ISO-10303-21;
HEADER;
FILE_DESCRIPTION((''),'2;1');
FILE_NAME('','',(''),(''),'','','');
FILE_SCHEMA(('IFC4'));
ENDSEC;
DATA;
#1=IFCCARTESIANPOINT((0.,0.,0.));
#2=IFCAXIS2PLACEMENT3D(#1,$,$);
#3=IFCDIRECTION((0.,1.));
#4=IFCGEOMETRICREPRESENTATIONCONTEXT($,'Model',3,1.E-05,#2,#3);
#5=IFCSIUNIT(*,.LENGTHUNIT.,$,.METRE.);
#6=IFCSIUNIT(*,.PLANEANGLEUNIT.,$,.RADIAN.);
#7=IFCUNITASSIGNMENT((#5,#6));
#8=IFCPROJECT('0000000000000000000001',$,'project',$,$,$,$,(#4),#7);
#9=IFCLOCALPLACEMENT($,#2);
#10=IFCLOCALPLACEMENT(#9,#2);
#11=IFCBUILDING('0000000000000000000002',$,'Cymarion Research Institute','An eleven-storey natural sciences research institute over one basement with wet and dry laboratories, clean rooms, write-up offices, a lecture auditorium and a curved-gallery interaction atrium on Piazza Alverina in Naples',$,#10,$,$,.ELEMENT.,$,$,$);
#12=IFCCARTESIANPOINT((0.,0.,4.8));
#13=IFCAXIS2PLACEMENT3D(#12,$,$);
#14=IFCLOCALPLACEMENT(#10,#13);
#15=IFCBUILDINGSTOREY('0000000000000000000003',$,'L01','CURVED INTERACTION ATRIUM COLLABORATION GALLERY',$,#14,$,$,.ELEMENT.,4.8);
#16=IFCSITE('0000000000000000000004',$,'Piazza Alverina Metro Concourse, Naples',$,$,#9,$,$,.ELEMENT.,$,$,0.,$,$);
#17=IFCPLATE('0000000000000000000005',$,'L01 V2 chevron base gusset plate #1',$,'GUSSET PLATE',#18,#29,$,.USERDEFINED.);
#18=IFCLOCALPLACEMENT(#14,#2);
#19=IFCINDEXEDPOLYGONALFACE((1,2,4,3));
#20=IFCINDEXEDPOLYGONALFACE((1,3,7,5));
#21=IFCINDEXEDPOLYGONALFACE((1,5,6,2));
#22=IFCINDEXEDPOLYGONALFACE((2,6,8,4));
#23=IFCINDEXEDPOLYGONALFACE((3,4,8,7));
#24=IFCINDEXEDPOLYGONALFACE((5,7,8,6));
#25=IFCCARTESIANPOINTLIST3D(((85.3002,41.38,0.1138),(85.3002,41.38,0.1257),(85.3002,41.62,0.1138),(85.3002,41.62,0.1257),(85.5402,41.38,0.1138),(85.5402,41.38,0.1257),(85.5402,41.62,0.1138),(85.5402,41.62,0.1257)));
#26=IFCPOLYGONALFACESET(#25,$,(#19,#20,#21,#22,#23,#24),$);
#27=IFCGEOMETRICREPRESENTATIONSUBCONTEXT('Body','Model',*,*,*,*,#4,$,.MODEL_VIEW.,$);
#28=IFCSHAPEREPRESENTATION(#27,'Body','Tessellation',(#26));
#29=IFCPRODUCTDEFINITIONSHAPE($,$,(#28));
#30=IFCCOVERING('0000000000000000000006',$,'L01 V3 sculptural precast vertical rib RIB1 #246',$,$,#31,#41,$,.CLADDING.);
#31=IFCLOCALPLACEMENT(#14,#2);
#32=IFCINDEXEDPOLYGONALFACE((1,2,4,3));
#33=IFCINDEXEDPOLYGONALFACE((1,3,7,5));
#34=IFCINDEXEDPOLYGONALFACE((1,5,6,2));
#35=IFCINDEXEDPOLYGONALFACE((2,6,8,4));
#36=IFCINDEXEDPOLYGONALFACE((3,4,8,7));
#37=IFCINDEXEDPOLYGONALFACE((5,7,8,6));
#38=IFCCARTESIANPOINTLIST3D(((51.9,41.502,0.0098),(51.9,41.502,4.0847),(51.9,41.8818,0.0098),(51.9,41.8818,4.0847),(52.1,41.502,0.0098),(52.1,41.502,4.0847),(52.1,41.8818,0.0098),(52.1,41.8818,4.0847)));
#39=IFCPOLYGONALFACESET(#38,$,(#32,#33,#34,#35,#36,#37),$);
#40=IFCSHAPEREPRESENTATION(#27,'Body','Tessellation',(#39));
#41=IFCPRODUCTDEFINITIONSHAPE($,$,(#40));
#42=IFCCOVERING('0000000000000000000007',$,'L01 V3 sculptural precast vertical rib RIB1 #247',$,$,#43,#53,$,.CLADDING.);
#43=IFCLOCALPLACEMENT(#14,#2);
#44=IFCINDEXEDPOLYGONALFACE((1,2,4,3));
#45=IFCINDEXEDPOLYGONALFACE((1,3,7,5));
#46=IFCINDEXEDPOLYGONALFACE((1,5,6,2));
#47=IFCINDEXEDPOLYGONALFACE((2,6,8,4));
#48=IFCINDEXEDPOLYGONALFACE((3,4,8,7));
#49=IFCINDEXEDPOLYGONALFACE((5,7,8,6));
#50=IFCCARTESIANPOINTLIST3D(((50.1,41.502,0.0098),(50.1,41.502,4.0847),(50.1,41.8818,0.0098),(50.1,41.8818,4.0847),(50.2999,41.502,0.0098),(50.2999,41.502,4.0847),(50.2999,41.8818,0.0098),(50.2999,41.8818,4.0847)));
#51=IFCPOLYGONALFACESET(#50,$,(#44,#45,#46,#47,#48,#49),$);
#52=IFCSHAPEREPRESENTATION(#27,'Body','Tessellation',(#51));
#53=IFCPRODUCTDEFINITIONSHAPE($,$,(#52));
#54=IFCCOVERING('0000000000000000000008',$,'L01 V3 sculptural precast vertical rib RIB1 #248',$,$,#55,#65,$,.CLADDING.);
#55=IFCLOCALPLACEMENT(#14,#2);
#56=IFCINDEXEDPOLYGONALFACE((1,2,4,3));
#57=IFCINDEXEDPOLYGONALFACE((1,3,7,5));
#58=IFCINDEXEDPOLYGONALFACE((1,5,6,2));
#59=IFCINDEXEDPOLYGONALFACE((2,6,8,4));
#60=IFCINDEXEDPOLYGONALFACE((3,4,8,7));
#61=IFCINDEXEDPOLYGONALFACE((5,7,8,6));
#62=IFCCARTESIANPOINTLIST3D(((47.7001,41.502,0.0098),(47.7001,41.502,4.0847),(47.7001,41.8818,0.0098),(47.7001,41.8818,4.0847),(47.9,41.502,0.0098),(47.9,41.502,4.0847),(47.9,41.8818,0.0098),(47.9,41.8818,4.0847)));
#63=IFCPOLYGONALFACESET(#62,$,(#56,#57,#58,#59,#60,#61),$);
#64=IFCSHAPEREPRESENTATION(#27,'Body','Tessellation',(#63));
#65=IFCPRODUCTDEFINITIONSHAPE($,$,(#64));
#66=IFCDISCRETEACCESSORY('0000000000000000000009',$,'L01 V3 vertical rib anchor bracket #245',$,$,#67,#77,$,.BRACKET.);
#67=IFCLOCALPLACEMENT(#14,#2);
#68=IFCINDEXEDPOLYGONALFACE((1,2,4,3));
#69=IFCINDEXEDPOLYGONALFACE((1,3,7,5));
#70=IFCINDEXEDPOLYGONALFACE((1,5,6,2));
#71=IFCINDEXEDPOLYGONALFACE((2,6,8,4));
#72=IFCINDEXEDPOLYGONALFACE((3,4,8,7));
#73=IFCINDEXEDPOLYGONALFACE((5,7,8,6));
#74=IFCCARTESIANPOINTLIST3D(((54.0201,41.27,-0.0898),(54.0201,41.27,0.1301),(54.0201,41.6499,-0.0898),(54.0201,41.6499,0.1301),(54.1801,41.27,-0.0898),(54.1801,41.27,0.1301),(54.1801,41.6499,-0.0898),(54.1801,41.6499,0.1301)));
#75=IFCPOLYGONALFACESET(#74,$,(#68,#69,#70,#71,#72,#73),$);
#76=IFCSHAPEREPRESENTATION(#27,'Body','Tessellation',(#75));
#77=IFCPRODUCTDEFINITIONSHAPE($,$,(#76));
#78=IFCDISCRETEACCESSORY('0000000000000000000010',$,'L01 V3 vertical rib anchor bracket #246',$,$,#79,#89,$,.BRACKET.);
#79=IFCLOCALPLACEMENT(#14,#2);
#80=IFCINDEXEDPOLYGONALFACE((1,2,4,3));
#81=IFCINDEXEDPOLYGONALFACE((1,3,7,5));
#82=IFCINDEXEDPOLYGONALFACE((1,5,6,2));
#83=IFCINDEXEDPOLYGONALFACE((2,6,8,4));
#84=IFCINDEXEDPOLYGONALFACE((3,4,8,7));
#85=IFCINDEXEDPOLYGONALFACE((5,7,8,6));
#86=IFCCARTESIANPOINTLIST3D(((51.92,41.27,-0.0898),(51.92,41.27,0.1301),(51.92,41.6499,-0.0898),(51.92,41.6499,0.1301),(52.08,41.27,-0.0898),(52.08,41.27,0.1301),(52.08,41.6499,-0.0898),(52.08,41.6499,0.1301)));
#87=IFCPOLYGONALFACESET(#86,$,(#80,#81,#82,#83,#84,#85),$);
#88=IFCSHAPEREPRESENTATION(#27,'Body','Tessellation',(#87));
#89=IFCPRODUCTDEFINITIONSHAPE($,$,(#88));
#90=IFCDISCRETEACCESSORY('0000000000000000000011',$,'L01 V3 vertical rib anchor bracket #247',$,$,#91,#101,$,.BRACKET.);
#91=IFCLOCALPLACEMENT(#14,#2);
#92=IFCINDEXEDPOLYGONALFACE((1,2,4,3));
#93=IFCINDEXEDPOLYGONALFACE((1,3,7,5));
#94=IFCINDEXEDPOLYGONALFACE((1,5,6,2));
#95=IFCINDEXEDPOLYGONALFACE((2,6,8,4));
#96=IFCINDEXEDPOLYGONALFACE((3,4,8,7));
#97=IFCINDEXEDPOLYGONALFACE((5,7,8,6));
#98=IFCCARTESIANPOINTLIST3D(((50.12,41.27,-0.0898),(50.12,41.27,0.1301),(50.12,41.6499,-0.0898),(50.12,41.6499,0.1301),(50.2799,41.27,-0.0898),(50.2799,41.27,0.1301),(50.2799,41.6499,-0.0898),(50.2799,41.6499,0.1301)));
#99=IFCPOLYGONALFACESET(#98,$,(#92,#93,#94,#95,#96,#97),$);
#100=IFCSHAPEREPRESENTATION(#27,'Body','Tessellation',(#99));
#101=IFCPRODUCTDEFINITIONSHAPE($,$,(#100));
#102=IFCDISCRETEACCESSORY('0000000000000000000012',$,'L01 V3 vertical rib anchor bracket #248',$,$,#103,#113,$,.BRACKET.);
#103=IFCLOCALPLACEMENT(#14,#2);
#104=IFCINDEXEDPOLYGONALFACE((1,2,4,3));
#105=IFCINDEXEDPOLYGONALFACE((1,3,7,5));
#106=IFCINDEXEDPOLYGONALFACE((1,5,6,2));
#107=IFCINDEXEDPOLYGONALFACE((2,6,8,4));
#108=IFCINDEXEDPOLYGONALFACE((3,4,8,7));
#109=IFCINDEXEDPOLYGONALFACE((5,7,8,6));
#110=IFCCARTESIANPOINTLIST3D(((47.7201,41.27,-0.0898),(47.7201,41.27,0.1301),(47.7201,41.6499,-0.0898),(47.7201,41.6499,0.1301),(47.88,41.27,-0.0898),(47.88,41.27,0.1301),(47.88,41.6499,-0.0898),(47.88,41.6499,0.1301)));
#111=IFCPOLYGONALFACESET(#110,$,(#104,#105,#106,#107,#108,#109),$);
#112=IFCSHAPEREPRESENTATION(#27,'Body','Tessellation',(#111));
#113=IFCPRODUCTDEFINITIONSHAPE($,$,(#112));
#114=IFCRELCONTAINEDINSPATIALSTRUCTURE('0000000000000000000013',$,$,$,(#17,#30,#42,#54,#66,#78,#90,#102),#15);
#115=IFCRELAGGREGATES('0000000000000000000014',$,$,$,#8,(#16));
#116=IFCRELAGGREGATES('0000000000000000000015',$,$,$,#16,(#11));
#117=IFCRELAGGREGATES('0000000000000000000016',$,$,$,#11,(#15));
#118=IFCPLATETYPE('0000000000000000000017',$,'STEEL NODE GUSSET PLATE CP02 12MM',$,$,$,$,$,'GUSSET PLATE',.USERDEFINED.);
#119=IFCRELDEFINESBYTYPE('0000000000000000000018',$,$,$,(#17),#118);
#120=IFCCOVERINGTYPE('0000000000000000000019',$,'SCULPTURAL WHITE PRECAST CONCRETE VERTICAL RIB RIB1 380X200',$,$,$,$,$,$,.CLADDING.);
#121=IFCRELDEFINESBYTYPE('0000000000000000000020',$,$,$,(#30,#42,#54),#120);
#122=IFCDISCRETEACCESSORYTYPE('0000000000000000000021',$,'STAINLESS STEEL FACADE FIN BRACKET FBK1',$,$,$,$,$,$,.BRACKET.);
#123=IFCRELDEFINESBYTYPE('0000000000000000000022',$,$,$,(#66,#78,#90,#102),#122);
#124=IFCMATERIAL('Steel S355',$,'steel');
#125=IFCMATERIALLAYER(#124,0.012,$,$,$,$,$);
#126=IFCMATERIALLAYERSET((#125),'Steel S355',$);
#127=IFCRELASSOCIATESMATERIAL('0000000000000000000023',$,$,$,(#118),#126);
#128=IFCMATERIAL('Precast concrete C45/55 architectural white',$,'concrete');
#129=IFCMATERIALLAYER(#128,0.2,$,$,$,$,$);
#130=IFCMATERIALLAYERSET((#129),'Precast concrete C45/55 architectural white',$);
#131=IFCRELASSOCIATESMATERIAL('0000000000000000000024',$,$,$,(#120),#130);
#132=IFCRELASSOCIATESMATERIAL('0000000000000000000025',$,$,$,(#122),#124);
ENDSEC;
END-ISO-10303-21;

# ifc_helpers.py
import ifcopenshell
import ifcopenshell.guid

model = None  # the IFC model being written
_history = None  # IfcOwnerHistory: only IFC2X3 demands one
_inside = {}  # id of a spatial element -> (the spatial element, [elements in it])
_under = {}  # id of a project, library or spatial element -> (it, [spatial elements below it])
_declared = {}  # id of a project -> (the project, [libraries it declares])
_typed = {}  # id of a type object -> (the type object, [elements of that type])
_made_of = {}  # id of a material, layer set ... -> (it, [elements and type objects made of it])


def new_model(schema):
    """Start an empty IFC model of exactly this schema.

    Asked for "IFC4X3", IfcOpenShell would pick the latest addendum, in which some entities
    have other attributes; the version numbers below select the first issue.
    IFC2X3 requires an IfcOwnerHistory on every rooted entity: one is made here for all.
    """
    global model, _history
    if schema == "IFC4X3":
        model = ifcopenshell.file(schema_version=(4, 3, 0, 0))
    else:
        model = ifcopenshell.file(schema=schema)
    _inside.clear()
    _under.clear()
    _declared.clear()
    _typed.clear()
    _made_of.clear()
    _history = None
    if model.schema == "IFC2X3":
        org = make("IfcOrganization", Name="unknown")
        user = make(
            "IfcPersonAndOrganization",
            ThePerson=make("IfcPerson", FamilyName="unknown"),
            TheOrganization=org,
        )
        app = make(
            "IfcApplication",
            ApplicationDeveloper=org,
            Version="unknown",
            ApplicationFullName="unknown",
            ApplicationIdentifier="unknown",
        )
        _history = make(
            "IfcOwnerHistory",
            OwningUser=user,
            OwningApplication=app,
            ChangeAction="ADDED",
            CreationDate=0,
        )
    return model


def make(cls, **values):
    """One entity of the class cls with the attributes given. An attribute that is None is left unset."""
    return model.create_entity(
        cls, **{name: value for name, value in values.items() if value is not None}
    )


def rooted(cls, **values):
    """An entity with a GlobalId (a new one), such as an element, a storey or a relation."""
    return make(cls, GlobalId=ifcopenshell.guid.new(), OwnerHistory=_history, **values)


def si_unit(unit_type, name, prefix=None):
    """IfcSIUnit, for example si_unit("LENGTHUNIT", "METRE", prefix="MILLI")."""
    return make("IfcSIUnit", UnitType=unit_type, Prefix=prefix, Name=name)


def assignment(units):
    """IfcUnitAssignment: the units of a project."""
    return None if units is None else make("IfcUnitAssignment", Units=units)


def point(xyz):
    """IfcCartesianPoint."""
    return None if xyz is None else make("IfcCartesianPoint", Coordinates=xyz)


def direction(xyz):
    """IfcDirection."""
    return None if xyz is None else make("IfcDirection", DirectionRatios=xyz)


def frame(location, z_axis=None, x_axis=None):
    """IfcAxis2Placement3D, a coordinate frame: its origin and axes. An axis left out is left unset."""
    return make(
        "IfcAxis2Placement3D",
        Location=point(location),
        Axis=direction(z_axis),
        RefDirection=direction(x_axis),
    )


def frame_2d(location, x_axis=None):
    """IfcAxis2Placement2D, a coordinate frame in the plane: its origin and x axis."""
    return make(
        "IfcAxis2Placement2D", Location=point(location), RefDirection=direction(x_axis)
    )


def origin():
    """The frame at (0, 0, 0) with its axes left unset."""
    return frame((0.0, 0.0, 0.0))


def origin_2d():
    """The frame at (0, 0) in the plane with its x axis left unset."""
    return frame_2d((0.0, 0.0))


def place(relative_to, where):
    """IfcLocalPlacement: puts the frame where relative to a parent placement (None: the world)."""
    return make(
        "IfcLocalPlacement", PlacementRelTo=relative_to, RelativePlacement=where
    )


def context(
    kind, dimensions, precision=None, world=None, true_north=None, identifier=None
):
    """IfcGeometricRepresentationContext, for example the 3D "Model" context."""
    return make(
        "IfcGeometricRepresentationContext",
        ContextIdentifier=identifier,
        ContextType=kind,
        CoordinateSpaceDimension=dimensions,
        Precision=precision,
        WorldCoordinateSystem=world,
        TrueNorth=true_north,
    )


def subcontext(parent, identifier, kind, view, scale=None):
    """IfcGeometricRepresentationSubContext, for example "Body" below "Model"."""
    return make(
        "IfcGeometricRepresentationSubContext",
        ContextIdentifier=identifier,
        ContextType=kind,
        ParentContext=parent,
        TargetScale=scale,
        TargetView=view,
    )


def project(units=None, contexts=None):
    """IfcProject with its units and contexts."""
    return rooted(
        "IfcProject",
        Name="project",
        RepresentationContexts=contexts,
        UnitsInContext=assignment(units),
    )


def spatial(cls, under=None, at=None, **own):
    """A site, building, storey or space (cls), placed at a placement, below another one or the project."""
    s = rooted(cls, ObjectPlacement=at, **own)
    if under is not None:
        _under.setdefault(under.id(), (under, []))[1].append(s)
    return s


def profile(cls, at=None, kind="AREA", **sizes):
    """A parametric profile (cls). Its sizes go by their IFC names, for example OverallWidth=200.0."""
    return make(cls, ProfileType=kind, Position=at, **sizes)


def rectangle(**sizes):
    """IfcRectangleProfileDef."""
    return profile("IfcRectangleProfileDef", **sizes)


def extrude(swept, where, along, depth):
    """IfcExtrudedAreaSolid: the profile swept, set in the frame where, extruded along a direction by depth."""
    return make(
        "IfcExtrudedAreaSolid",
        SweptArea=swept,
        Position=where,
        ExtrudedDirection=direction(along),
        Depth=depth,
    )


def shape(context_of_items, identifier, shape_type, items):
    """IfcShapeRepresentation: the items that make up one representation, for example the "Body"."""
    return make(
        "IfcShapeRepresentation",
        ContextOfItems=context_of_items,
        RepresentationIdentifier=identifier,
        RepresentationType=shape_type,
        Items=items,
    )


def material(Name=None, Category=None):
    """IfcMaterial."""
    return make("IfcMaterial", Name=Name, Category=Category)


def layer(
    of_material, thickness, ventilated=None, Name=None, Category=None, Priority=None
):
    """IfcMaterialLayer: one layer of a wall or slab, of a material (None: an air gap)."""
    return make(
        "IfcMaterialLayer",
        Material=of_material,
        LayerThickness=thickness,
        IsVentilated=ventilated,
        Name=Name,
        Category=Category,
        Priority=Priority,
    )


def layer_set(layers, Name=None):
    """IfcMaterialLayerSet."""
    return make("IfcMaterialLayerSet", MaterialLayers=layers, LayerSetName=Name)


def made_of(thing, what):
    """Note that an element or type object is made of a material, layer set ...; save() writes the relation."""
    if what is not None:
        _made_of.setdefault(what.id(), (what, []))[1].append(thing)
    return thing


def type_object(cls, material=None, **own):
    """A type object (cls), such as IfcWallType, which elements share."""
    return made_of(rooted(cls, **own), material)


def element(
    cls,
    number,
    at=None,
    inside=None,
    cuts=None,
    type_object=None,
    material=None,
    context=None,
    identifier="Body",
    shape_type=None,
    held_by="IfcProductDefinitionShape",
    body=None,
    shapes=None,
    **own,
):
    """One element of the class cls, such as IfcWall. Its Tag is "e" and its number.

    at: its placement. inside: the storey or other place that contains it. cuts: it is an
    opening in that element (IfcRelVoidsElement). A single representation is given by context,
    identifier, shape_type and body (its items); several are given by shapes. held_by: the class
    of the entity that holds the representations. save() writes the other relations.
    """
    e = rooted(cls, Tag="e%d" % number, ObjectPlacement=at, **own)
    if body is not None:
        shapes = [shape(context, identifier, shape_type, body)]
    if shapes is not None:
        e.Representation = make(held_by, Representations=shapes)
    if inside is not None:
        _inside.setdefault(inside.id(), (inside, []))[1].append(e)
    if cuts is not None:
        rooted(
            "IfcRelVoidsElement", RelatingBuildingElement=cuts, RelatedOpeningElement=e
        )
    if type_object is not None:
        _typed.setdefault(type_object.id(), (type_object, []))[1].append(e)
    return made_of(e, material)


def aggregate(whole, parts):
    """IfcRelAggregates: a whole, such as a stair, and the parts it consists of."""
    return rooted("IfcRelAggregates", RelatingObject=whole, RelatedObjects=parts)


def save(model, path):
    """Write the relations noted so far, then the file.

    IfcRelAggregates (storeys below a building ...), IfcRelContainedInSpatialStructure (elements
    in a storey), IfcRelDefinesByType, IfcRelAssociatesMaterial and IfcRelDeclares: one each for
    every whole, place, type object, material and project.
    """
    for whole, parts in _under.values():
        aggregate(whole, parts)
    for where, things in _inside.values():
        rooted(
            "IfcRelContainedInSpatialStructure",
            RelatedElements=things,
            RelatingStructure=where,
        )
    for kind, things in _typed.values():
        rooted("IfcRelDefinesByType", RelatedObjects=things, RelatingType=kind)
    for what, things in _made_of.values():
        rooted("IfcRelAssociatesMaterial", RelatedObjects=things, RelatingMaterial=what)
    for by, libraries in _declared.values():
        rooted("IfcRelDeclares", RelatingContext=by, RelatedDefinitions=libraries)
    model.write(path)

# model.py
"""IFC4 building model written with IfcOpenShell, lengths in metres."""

from ifc_helpers import new_model, si_unit, direction, frame, origin, origin_2d, place, context, subcontext, project, spatial, rectangle, extrude, material, layer, layer_set, type_object, element, save


model = new_model("IFC4")

# Units and contexts
model_context = context("Model", 3, precision=1e-05, world=origin(), true_north=direction((0.0, 1.0)))
body_context = subcontext(model_context, "Body", "Model", "MODEL_VIEW")
ifc_project = project(units=[si_unit("LENGTHUNIT", "METRE"), si_unit("PLANEANGLEUNIT", "RADIAN")], contexts=[model_context])

# Site, building, storey
site_placement = place(None, origin())
site = spatial("IfcSite", under=ifc_project, at=site_placement, Name="Piazza Alverina Metro Concourse, Naples", CompositionType="ELEMENT", RefElevation=0.0)
building_placement = place(site_placement, origin())
building = spatial("IfcBuilding", under=site, at=building_placement, Name="Cymarion Research Institute", Description="An eleven-storey natural sciences research institute over one basement with wet and dry laboratories, clean rooms, write-up offices, a lecture auditorium and a curved-gallery interaction atrium on Piazza Alverina in Naples", CompositionType="ELEMENT")
storey_placement = place(building_placement, frame((0.0, 0.0, 4.8)))
storey = spatial("IfcBuildingStorey", under=building, at=storey_placement, Name="L01", Description="CURVED INTERACTION ATRIUM COLLABORATION GALLERY", CompositionType="ELEMENT", Elevation=4.8)

# Shared definitions
ifc_material_1 = material(Name="Steel S355", Category="steel")

# Plate
ifc_layer_1 = layer(ifc_material_1, 0.012)
ifc_layer_set_1 = layer_set([ifc_layer_1], Name="Steel S355")
plate_type = type_object("IfcPlateType", Name="STEEL NODE GUSSET PLATE CP02 12MM", ElementType="GUSSET PLATE", PredefinedType="USERDEFINED", material=ifc_layer_set_1)
plate_placement = place(storey_placement, frame((85.4202, 41.5, 0.1138), z_axis=(0.0, 0.0, 1.0), x_axis=(1.0, 0.0, 0.0)))
element("IfcPlate", 1, at=plate_placement, inside=storey, type_object=plate_type, Name="L01 V2 chevron base gusset plate #1", ObjectType="GUSSET PLATE", PredefinedType="USERDEFINED", context=body_context, shape_type="SweptSolid", body=[
    extrude(rectangle(XDim=0.24, YDim=0.24, at=origin_2d()), origin(), (0.0, 0.0, 1.0), 0.012),
])

# Coverings
ifc_material_2 = material(Name="Precast concrete C45/55 architectural white", Category="concrete")
ifc_layer_2 = layer(ifc_material_2, 0.2)
ifc_layer_set_2 = layer_set([ifc_layer_2], Name="Precast concrete C45/55 architectural white")
covering_type = type_object("IfcCoveringType", Name="SCULPTURAL WHITE PRECAST CONCRETE VERTICAL RIB RIB1 380X200", PredefinedType="CLADDING", material=ifc_layer_set_2)
for number, where, z_axis, x_axis, name in (
    (2, (52.0, 41.6919, 0.0098), (0.0, 0.0, 1.0), (0.0, 1.0, 0.0), "L01 V3 sculptural precast vertical rib RIB1 #246"),
    (3, (50.2, 41.6919, 0.0098), (0.0, 0.0, 1.0), (0.0, 1.0, 0.0), "L01 V3 sculptural precast vertical rib RIB1 #247"),
    (4, (47.8, 41.6919, 0.0098), (0.0, 0.0, 1.0), (0.0, 1.0, 0.0), "L01 V3 sculptural precast vertical rib RIB1 #248"),
):
    element("IfcCovering", number, at=place(storey_placement, frame(where, z_axis=z_axis, x_axis=x_axis)), inside=storey, type_object=covering_type, Name=name, PredefinedType="CLADDING", context=body_context, shape_type="SweptSolid", body=[
        extrude(rectangle(XDim=0.3799, YDim=0.2, at=origin_2d()), origin(), (0.0, 0.0, 1.0), 4.075),
    ])

# Discrete accessories
discrete_accessory_type = type_object("IfcDiscreteAccessoryType", Name="STAINLESS STEEL FACADE FIN BRACKET FBK1", PredefinedType="BRACKET", material=ifc_material_1)
for number, where, z_axis, x_axis, name in (
    (5, (54.1001, 41.46, -0.0898), (0.0, 0.0, 1.0), (0.0, 1.0, 0.0), "L01 V3 vertical rib anchor bracket #245"),
    (6, (52.0, 41.46, -0.0898), (0.0, 0.0, 1.0), (0.0, 1.0, 0.0), "L01 V3 vertical rib anchor bracket #246"),
    (7, (50.2, 41.46, -0.0898), (0.0, 0.0, 1.0), (0.0, 1.0, 0.0), "L01 V3 vertical rib anchor bracket #247"),
    (8, (47.8, 41.46, -0.0898), (0.0, 0.0, 1.0), (0.0, 1.0, 0.0), "L01 V3 vertical rib anchor bracket #248"),
):
    element("IfcDiscreteAccessory", number, at=place(storey_placement, frame(where, z_axis=z_axis, x_axis=x_axis)), inside=storey, type_object=discrete_accessory_type, Name=name, PredefinedType="BRACKET", context=body_context, shape_type="SweptSolid", body=[
        extrude(rectangle(XDim=0.3799, YDim=0.1599, at=origin_2d()), origin(), (0.0, 0.0, 1.0), 0.22),
    ])

save(model, "model.ifc")
